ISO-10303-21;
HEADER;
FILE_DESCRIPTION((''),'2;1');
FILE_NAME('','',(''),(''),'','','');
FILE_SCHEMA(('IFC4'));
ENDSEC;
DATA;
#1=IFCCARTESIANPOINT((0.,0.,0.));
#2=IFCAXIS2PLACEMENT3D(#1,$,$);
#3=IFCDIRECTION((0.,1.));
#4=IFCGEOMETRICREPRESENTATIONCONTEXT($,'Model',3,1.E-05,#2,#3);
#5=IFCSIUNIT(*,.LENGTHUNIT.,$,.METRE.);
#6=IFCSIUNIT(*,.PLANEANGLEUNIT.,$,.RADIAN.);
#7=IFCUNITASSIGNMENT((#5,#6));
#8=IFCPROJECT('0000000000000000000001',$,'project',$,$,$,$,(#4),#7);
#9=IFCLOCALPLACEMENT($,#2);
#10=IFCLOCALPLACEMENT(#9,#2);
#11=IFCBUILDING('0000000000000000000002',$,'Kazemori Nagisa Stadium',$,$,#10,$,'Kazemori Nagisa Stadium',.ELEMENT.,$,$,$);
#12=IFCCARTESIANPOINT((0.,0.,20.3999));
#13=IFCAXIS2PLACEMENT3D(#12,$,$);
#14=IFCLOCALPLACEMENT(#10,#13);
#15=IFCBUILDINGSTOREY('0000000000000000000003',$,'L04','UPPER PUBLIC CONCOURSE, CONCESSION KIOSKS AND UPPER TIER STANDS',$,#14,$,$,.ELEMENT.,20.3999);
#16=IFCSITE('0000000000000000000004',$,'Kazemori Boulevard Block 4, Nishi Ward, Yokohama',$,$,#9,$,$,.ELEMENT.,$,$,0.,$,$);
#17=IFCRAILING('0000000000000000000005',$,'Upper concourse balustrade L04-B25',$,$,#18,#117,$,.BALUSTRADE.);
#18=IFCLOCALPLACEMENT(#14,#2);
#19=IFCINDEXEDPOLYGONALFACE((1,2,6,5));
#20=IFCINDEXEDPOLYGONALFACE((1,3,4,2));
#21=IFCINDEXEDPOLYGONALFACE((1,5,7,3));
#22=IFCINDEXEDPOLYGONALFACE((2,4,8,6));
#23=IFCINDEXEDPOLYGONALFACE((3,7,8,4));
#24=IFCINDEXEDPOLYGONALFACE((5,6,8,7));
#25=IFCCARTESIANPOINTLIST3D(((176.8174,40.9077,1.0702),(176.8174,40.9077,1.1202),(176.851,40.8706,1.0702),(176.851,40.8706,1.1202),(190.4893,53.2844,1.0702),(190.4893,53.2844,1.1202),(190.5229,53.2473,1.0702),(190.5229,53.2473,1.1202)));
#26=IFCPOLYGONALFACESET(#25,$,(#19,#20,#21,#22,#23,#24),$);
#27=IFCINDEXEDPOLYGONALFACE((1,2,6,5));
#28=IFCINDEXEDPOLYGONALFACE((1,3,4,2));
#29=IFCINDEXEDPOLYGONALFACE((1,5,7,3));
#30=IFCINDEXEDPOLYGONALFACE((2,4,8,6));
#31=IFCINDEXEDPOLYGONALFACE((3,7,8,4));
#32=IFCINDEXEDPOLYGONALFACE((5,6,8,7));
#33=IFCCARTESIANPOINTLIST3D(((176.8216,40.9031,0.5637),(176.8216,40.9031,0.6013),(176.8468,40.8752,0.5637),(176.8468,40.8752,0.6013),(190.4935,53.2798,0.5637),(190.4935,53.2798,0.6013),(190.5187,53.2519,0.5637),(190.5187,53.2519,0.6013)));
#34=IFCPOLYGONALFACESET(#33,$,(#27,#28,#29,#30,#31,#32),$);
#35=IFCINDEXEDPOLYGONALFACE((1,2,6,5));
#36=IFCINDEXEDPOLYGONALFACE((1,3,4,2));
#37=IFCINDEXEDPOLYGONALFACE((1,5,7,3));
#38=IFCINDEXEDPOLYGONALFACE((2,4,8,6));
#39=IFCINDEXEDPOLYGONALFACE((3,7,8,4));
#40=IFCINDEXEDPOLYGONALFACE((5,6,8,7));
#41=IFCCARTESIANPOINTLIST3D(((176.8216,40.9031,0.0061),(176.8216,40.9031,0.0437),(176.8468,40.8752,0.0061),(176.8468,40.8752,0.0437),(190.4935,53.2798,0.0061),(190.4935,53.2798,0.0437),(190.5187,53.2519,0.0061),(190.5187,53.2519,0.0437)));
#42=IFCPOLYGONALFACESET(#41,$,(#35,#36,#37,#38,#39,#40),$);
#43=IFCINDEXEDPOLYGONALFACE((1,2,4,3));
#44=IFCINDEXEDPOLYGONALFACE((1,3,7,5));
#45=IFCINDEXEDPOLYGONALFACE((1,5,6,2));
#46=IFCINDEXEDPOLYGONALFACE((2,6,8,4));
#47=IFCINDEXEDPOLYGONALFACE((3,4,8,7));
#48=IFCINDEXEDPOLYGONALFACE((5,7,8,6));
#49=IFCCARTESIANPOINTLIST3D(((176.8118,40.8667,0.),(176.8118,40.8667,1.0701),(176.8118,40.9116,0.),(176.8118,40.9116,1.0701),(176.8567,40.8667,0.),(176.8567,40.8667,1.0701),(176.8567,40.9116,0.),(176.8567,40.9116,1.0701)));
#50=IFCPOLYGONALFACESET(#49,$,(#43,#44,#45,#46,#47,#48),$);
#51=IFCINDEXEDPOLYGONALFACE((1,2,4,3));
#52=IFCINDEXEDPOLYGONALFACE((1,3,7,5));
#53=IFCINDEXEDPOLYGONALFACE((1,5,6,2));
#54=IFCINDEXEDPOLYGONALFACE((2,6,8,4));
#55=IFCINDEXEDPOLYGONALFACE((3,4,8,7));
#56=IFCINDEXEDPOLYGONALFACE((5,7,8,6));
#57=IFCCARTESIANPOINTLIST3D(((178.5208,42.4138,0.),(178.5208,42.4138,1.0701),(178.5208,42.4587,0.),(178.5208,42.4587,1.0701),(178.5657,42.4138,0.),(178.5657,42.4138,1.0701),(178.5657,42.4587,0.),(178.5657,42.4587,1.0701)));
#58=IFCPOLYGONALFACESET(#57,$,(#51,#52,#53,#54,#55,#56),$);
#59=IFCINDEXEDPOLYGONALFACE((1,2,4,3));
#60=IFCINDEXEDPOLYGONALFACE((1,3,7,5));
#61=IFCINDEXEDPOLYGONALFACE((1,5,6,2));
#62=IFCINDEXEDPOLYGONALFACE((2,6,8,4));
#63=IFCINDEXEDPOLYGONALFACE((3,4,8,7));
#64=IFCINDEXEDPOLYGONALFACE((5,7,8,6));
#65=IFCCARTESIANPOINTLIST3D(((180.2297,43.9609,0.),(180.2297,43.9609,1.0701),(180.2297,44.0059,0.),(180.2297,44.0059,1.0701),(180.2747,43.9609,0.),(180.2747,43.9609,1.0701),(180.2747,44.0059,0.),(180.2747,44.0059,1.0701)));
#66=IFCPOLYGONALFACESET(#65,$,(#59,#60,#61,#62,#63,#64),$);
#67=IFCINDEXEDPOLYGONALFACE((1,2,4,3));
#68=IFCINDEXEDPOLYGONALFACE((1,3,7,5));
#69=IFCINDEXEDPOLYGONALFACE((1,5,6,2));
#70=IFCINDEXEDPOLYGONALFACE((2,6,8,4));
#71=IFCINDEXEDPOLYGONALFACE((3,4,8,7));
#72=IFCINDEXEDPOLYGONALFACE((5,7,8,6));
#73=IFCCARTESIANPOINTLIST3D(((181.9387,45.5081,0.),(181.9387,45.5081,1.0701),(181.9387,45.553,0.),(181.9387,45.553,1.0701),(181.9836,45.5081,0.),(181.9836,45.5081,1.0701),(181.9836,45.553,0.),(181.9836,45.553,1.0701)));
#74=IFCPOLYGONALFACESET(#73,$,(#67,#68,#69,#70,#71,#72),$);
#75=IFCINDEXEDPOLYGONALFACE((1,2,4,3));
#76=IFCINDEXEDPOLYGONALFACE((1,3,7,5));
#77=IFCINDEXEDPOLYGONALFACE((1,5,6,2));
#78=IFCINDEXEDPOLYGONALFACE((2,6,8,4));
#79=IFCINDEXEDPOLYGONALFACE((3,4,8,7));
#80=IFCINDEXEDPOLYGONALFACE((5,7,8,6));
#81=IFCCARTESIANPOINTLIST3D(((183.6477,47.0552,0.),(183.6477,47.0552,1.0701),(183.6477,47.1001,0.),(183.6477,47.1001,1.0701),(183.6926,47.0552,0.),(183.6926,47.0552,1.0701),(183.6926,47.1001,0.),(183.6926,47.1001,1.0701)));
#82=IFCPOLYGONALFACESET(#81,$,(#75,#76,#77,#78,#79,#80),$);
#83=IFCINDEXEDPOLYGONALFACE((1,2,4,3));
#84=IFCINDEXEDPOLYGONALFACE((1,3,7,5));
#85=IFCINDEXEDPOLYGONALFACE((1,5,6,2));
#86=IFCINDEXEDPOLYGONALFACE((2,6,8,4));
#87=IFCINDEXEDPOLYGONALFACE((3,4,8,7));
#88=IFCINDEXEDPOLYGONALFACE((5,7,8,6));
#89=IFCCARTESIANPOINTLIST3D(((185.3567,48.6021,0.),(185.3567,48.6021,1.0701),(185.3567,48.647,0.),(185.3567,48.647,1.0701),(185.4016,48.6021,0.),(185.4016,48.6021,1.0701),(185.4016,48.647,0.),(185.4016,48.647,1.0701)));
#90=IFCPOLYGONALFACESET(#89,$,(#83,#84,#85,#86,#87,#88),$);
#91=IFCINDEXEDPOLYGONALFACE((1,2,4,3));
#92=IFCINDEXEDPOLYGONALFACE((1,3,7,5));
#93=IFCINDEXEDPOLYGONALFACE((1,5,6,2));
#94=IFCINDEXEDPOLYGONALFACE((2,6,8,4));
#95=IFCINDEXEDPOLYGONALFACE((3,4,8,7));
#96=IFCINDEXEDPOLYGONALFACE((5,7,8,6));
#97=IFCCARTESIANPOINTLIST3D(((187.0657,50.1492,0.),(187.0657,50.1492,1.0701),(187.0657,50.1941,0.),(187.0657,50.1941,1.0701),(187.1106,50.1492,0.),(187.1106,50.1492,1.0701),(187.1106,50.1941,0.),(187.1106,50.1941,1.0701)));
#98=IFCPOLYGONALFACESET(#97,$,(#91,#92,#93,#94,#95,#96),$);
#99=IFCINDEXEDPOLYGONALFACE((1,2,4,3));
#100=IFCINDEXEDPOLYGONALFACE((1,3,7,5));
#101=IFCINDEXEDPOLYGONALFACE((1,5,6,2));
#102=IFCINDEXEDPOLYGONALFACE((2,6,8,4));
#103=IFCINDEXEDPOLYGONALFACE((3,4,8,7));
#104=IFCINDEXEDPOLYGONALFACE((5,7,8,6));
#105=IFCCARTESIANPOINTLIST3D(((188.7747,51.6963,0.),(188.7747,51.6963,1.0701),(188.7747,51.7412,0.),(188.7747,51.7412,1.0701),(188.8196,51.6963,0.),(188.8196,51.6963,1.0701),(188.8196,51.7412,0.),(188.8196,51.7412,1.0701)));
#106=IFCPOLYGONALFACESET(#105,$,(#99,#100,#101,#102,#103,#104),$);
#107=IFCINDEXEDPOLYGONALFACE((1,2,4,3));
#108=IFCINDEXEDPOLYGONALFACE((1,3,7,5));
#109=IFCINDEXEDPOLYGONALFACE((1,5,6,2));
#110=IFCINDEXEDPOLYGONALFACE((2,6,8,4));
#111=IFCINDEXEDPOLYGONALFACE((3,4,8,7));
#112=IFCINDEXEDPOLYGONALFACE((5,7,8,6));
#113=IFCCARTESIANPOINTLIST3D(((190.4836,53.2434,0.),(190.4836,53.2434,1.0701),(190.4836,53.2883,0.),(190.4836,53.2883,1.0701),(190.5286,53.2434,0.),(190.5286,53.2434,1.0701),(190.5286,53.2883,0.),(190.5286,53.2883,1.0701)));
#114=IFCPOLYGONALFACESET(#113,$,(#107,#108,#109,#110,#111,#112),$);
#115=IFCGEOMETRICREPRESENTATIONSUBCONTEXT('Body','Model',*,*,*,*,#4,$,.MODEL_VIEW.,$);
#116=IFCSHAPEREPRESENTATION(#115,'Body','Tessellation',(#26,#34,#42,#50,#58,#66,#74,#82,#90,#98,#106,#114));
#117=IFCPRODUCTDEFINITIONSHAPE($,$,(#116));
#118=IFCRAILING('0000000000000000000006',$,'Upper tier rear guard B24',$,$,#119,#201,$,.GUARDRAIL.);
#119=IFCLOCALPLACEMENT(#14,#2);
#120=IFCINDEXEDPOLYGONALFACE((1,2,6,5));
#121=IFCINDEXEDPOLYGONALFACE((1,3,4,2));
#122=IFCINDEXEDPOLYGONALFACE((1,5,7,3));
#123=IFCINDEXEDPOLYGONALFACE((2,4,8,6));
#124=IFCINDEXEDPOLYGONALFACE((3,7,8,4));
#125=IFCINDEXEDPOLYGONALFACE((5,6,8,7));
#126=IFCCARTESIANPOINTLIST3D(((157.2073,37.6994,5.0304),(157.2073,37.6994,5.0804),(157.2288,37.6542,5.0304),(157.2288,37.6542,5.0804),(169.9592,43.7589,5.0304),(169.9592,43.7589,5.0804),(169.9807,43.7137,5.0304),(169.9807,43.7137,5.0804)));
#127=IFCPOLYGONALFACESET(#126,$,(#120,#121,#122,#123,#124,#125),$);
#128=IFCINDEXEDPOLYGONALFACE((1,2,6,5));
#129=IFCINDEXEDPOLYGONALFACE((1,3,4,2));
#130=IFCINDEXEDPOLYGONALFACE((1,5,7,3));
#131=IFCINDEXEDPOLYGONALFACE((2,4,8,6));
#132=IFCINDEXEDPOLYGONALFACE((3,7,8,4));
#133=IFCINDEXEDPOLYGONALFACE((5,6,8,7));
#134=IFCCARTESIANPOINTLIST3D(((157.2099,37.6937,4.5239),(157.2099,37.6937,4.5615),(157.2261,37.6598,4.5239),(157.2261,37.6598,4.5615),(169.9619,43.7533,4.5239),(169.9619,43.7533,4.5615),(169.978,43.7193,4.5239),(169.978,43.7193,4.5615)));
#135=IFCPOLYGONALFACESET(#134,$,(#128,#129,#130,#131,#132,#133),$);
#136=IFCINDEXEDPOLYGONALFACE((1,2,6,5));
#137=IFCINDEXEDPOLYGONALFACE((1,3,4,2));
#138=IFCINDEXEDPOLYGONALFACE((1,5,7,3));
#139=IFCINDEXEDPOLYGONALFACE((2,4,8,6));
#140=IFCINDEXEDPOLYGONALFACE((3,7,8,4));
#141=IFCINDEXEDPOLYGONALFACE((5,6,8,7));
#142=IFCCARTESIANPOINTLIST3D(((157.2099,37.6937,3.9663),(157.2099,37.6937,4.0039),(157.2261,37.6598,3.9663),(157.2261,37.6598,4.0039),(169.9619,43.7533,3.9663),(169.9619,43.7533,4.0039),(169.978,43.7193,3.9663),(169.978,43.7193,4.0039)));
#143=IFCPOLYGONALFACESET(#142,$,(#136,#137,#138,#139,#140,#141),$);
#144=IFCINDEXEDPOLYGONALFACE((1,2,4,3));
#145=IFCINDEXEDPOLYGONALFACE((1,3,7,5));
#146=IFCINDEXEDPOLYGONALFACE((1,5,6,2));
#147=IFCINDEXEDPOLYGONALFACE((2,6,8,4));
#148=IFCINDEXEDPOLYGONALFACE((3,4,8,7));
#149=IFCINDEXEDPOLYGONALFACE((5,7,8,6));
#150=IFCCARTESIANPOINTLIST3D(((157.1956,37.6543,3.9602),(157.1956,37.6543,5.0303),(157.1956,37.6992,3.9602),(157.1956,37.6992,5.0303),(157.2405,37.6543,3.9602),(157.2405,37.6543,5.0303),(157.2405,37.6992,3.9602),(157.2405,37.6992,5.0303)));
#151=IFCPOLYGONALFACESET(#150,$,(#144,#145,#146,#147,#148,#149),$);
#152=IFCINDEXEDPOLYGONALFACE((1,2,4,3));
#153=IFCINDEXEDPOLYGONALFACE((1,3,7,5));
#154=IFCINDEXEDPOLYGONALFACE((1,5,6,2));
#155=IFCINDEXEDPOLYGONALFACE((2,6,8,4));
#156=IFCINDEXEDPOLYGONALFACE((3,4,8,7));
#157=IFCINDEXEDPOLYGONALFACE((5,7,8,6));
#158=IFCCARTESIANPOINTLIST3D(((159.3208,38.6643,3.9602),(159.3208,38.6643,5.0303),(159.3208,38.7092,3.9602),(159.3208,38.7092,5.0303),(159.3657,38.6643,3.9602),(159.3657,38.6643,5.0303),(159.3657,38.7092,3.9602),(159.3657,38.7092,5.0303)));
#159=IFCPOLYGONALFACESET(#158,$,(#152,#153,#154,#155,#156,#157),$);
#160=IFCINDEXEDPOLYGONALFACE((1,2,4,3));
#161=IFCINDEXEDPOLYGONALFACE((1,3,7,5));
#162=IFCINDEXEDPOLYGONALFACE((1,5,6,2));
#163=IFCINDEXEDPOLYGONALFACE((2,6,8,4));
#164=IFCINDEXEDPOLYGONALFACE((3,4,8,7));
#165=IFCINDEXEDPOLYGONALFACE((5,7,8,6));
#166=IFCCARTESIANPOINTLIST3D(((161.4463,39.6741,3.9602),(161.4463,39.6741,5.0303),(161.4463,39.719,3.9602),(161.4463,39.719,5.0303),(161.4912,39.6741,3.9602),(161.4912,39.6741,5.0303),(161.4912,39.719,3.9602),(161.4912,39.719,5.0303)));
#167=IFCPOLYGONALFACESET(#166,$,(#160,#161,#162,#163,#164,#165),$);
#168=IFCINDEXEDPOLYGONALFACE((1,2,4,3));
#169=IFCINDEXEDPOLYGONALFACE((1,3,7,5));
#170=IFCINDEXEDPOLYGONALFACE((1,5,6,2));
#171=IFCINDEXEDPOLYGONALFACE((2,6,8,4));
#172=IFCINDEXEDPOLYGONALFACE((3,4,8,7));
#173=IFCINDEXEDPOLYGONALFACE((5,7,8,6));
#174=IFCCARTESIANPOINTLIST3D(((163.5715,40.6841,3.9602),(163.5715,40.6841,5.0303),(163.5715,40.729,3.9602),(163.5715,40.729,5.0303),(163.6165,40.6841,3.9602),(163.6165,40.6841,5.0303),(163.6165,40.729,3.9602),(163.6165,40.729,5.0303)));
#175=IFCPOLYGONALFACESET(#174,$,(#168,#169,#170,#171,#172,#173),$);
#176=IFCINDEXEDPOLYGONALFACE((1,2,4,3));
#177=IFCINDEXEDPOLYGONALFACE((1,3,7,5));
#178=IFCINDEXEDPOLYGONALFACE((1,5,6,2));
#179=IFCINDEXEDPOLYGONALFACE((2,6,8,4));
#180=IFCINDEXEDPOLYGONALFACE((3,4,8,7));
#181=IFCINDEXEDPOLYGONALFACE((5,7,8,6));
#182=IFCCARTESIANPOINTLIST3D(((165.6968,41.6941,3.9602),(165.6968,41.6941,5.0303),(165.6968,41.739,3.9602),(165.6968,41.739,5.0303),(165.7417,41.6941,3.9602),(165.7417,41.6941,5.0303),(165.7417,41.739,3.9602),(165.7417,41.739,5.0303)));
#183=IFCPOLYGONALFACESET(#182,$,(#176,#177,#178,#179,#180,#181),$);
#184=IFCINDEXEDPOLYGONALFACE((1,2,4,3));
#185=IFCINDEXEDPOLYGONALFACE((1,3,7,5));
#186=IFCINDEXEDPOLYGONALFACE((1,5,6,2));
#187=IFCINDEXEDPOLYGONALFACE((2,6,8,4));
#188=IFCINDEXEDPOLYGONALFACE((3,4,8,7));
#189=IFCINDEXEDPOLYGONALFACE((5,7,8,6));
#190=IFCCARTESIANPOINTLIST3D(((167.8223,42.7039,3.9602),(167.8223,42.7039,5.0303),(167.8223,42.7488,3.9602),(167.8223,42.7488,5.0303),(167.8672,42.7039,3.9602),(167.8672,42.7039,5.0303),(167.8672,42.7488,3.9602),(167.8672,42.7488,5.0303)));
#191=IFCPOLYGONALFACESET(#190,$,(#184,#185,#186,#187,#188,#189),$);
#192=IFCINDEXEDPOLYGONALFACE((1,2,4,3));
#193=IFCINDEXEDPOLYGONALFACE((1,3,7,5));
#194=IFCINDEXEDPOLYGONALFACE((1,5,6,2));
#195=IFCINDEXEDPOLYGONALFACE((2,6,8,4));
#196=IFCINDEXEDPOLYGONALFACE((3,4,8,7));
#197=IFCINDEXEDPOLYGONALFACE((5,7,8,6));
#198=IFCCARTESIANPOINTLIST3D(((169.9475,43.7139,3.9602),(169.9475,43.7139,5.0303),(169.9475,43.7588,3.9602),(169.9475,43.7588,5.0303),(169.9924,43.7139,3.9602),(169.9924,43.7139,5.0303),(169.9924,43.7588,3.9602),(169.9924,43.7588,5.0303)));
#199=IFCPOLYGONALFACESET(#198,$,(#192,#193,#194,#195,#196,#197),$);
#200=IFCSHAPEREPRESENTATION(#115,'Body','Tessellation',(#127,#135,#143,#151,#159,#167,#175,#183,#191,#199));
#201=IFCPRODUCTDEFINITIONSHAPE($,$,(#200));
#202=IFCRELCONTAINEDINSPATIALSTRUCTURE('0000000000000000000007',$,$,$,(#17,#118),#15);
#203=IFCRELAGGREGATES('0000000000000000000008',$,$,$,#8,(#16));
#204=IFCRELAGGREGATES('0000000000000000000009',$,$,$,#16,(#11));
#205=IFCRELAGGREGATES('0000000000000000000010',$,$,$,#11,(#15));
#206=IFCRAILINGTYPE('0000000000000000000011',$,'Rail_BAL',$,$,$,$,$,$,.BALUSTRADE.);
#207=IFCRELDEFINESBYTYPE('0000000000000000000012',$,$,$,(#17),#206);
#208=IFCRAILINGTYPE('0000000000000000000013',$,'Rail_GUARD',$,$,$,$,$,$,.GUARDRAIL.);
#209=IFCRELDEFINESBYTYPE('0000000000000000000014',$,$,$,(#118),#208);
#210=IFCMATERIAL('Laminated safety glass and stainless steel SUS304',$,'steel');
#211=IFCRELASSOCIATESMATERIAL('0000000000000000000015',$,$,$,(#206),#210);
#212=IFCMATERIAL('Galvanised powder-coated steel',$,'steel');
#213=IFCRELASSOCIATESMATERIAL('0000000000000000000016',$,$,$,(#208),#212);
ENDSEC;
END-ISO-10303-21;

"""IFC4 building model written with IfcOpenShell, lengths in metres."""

from ifc_helpers import new_model, si_unit, direction, frame, origin, origin_2d, place, context, subcontext, project, spatial, rectangle, extrude, material, type_object, element, save


model = new_model("IFC4")

# Units and contexts
model_context = context("Model", 3, precision=1e-05, world=origin(), true_north=direction((0.0, 1.0)))
body_context = subcontext(model_context, "Body", "Model", "MODEL_VIEW")
ifc_project = project(units=[si_unit("LENGTHUNIT", "METRE"), si_unit("PLANEANGLEUNIT", "RADIAN")], contexts=[model_context])

# Site, building, storey
site_placement = place(None, origin())
site = spatial("IfcSite", under=ifc_project, at=site_placement, Name="Kazemori Boulevard Block 4, Nishi Ward, Yokohama", CompositionType="ELEMENT", RefElevation=0.0)
building_placement = place(site_placement, origin())
building = spatial("IfcBuilding", under=site, at=building_placement, Name="Kazemori Nagisa Stadium", LongName="Kazemori Nagisa Stadium", CompositionType="ELEMENT")
storey_placement = place(building_placement, frame((0.0, 0.0, 20.3999)))
storey = spatial("IfcBuildingStorey", under=building, at=storey_placement, Name="L04", Description="UPPER PUBLIC CONCOURSE, CONCESSION KIOSKS AND UPPER TIER STANDS", CompositionType="ELEMENT", Elevation=20.3999)

# Railings
ifc_material_1 = material(Name="Laminated safety glass and stainless steel SUS304", Category="steel")
railing_type_1 = type_object("IfcRailingType", Name="Rail_BAL", PredefinedType="BALUSTRADE", material=ifc_material_1)
railing_1_placement = place(storey_placement, frame((176.8342, 40.8892, 0.0)))
element("IfcRailing", 1, at=railing_1_placement, inside=storey, type_object=railing_type_1, Name="Upper concourse balustrade L04-B25", PredefinedType="BALUSTRADE", context=body_context, shape_type="SweptSolid", body=[
    extrude(rectangle(XDim=0.05, YDim=0.05, at=origin_2d()), frame((0.0, 0.0, 1.0952), z_axis=(0.741349, 0.67112, 0.0), x_axis=(-0.67112, 0.741349, 0.0)), (0.0, 0.0, 1.0), 18.4419),
    extrude(rectangle(XDim=0.0376, YDim=0.0376, at=origin_2d()), frame((0.0, 0.0, 0.5825), z_axis=(0.741349, 0.67112, 0.0), x_axis=(-0.67112, 0.741349, 0.0)), (0.0, 0.0, 1.0), 18.4419),
    extrude(rectangle(XDim=0.0376, YDim=0.0376, at=origin_2d()), frame((0.0, 0.0, 0.0249), z_axis=(0.741349, 0.67112, 0.0), x_axis=(-0.67112, 0.741349, 0.0)), (0.0, 0.0, 1.0), 18.4419),
    extrude(rectangle(XDim=0.0449, YDim=0.0449, at=origin_2d()), origin(), (0.0, 0.0, 1.0), 1.0701),
    extrude(rectangle(XDim=0.0449, YDim=0.0449, at=origin_2d()), frame((1.709, 1.5471, 0.0)), (0.0, 0.0, 1.0), 1.0701),
    extrude(rectangle(XDim=0.0449, YDim=0.0449, at=origin_2d()), frame((3.418, 3.0942, 0.0)), (0.0, 0.0, 1.0), 1.0701),
    extrude(rectangle(XDim=0.0449, YDim=0.0449, at=origin_2d()), frame((5.127, 4.6414, 0.0)), (0.0, 0.0, 1.0), 1.0701),
    extrude(rectangle(XDim=0.0449, YDim=0.0449, at=origin_2d()), frame((6.8359, 6.1885, 0.0)), (0.0, 0.0, 1.0), 1.0701),
    extrude(rectangle(XDim=0.0449, YDim=0.0449, at=origin_2d()), frame((8.5449, 7.7354, 0.0)), (0.0, 0.0, 1.0), 1.0701),
    extrude(rectangle(XDim=0.0449, YDim=0.0449, at=origin_2d()), frame((10.2539, 9.2825, 0.0)), (0.0, 0.0, 1.0), 1.0701),
    extrude(rectangle(XDim=0.0449, YDim=0.0449, at=origin_2d()), frame((11.9629, 10.8296, 0.0)), (0.0, 0.0, 1.0), 1.0701),
    extrude(rectangle(XDim=0.0449, YDim=0.0449, at=origin_2d()), frame((13.6719, 12.3767, 0.0)), (0.0, 0.0, 1.0), 1.0701),
])
ifc_material_2 = material(Name="Galvanised powder-coated steel", Category="steel")
railing_type_2 = type_object("IfcRailingType", Name="Rail_GUARD", PredefinedType="GUARDRAIL", material=ifc_material_2)
railing_2_placement = place(storey_placement, frame((157.218, 37.6768, 3.9602)))
element("IfcRailing", 2, at=railing_2_placement, inside=storey, type_object=railing_type_2, Name="Upper tier rear guard B24", PredefinedType="GUARDRAIL", context=body_context, shape_type="SweptSolid", body=[
    extrude(rectangle(XDim=0.05, YDim=0.05, at=origin_2d()), frame((0.0, 0.0, 1.0952), z_axis=(0.903212, 0.429195, 0.0), x_axis=(-0.429195, 0.903212, 0.0)), (0.0, 0.0, 1.0), 14.1184),
    extrude(rectangle(XDim=0.0376, YDim=0.0376, at=origin_2d()), frame((0.0, 0.0, 0.5825), z_axis=(0.903212, 0.429195, 0.0), x_axis=(-0.429195, 0.903212, 0.0)), (0.0, 0.0, 1.0), 14.1184),
    extrude(rectangle(XDim=0.0376, YDim=0.0376, at=origin_2d()), frame((0.0, 0.0, 0.0249), z_axis=(0.903212, 0.429195, 0.0), x_axis=(-0.429195, 0.903212, 0.0)), (0.0, 0.0, 1.0), 14.1184),
    extrude(rectangle(XDim=0.0449, YDim=0.0449, at=origin_2d()), origin(), (0.0, 0.0, 1.0), 1.0701),
    extrude(rectangle(XDim=0.0449, YDim=0.0449, at=origin_2d()), frame((2.1252, 1.01, 0.0)), (0.0, 0.0, 1.0), 1.0701),
    extrude(rectangle(XDim=0.0449, YDim=0.0449, at=origin_2d()), frame((4.2507, 2.0198, 0.0)), (0.0, 0.0, 1.0), 1.0701),
    extrude(rectangle(XDim=0.0449, YDim=0.0449, at=origin_2d()), frame((6.376, 3.0298, 0.0)), (0.0, 0.0, 1.0), 1.0701),
    extrude(rectangle(XDim=0.0449, YDim=0.0449, at=origin_2d()), frame((8.5012, 4.0398, 0.0)), (0.0, 0.0, 1.0), 1.0701),
    extrude(rectangle(XDim=0.0449, YDim=0.0449, at=origin_2d()), frame((10.6267, 5.0496, 0.0)), (0.0, 0.0, 1.0), 1.0701),
    extrude(rectangle(XDim=0.0449, YDim=0.0449, at=origin_2d()), frame((12.752, 6.0596, 0.0)), (0.0, 0.0, 1.0), 1.0701),
])

save(model, "model.ifc")
